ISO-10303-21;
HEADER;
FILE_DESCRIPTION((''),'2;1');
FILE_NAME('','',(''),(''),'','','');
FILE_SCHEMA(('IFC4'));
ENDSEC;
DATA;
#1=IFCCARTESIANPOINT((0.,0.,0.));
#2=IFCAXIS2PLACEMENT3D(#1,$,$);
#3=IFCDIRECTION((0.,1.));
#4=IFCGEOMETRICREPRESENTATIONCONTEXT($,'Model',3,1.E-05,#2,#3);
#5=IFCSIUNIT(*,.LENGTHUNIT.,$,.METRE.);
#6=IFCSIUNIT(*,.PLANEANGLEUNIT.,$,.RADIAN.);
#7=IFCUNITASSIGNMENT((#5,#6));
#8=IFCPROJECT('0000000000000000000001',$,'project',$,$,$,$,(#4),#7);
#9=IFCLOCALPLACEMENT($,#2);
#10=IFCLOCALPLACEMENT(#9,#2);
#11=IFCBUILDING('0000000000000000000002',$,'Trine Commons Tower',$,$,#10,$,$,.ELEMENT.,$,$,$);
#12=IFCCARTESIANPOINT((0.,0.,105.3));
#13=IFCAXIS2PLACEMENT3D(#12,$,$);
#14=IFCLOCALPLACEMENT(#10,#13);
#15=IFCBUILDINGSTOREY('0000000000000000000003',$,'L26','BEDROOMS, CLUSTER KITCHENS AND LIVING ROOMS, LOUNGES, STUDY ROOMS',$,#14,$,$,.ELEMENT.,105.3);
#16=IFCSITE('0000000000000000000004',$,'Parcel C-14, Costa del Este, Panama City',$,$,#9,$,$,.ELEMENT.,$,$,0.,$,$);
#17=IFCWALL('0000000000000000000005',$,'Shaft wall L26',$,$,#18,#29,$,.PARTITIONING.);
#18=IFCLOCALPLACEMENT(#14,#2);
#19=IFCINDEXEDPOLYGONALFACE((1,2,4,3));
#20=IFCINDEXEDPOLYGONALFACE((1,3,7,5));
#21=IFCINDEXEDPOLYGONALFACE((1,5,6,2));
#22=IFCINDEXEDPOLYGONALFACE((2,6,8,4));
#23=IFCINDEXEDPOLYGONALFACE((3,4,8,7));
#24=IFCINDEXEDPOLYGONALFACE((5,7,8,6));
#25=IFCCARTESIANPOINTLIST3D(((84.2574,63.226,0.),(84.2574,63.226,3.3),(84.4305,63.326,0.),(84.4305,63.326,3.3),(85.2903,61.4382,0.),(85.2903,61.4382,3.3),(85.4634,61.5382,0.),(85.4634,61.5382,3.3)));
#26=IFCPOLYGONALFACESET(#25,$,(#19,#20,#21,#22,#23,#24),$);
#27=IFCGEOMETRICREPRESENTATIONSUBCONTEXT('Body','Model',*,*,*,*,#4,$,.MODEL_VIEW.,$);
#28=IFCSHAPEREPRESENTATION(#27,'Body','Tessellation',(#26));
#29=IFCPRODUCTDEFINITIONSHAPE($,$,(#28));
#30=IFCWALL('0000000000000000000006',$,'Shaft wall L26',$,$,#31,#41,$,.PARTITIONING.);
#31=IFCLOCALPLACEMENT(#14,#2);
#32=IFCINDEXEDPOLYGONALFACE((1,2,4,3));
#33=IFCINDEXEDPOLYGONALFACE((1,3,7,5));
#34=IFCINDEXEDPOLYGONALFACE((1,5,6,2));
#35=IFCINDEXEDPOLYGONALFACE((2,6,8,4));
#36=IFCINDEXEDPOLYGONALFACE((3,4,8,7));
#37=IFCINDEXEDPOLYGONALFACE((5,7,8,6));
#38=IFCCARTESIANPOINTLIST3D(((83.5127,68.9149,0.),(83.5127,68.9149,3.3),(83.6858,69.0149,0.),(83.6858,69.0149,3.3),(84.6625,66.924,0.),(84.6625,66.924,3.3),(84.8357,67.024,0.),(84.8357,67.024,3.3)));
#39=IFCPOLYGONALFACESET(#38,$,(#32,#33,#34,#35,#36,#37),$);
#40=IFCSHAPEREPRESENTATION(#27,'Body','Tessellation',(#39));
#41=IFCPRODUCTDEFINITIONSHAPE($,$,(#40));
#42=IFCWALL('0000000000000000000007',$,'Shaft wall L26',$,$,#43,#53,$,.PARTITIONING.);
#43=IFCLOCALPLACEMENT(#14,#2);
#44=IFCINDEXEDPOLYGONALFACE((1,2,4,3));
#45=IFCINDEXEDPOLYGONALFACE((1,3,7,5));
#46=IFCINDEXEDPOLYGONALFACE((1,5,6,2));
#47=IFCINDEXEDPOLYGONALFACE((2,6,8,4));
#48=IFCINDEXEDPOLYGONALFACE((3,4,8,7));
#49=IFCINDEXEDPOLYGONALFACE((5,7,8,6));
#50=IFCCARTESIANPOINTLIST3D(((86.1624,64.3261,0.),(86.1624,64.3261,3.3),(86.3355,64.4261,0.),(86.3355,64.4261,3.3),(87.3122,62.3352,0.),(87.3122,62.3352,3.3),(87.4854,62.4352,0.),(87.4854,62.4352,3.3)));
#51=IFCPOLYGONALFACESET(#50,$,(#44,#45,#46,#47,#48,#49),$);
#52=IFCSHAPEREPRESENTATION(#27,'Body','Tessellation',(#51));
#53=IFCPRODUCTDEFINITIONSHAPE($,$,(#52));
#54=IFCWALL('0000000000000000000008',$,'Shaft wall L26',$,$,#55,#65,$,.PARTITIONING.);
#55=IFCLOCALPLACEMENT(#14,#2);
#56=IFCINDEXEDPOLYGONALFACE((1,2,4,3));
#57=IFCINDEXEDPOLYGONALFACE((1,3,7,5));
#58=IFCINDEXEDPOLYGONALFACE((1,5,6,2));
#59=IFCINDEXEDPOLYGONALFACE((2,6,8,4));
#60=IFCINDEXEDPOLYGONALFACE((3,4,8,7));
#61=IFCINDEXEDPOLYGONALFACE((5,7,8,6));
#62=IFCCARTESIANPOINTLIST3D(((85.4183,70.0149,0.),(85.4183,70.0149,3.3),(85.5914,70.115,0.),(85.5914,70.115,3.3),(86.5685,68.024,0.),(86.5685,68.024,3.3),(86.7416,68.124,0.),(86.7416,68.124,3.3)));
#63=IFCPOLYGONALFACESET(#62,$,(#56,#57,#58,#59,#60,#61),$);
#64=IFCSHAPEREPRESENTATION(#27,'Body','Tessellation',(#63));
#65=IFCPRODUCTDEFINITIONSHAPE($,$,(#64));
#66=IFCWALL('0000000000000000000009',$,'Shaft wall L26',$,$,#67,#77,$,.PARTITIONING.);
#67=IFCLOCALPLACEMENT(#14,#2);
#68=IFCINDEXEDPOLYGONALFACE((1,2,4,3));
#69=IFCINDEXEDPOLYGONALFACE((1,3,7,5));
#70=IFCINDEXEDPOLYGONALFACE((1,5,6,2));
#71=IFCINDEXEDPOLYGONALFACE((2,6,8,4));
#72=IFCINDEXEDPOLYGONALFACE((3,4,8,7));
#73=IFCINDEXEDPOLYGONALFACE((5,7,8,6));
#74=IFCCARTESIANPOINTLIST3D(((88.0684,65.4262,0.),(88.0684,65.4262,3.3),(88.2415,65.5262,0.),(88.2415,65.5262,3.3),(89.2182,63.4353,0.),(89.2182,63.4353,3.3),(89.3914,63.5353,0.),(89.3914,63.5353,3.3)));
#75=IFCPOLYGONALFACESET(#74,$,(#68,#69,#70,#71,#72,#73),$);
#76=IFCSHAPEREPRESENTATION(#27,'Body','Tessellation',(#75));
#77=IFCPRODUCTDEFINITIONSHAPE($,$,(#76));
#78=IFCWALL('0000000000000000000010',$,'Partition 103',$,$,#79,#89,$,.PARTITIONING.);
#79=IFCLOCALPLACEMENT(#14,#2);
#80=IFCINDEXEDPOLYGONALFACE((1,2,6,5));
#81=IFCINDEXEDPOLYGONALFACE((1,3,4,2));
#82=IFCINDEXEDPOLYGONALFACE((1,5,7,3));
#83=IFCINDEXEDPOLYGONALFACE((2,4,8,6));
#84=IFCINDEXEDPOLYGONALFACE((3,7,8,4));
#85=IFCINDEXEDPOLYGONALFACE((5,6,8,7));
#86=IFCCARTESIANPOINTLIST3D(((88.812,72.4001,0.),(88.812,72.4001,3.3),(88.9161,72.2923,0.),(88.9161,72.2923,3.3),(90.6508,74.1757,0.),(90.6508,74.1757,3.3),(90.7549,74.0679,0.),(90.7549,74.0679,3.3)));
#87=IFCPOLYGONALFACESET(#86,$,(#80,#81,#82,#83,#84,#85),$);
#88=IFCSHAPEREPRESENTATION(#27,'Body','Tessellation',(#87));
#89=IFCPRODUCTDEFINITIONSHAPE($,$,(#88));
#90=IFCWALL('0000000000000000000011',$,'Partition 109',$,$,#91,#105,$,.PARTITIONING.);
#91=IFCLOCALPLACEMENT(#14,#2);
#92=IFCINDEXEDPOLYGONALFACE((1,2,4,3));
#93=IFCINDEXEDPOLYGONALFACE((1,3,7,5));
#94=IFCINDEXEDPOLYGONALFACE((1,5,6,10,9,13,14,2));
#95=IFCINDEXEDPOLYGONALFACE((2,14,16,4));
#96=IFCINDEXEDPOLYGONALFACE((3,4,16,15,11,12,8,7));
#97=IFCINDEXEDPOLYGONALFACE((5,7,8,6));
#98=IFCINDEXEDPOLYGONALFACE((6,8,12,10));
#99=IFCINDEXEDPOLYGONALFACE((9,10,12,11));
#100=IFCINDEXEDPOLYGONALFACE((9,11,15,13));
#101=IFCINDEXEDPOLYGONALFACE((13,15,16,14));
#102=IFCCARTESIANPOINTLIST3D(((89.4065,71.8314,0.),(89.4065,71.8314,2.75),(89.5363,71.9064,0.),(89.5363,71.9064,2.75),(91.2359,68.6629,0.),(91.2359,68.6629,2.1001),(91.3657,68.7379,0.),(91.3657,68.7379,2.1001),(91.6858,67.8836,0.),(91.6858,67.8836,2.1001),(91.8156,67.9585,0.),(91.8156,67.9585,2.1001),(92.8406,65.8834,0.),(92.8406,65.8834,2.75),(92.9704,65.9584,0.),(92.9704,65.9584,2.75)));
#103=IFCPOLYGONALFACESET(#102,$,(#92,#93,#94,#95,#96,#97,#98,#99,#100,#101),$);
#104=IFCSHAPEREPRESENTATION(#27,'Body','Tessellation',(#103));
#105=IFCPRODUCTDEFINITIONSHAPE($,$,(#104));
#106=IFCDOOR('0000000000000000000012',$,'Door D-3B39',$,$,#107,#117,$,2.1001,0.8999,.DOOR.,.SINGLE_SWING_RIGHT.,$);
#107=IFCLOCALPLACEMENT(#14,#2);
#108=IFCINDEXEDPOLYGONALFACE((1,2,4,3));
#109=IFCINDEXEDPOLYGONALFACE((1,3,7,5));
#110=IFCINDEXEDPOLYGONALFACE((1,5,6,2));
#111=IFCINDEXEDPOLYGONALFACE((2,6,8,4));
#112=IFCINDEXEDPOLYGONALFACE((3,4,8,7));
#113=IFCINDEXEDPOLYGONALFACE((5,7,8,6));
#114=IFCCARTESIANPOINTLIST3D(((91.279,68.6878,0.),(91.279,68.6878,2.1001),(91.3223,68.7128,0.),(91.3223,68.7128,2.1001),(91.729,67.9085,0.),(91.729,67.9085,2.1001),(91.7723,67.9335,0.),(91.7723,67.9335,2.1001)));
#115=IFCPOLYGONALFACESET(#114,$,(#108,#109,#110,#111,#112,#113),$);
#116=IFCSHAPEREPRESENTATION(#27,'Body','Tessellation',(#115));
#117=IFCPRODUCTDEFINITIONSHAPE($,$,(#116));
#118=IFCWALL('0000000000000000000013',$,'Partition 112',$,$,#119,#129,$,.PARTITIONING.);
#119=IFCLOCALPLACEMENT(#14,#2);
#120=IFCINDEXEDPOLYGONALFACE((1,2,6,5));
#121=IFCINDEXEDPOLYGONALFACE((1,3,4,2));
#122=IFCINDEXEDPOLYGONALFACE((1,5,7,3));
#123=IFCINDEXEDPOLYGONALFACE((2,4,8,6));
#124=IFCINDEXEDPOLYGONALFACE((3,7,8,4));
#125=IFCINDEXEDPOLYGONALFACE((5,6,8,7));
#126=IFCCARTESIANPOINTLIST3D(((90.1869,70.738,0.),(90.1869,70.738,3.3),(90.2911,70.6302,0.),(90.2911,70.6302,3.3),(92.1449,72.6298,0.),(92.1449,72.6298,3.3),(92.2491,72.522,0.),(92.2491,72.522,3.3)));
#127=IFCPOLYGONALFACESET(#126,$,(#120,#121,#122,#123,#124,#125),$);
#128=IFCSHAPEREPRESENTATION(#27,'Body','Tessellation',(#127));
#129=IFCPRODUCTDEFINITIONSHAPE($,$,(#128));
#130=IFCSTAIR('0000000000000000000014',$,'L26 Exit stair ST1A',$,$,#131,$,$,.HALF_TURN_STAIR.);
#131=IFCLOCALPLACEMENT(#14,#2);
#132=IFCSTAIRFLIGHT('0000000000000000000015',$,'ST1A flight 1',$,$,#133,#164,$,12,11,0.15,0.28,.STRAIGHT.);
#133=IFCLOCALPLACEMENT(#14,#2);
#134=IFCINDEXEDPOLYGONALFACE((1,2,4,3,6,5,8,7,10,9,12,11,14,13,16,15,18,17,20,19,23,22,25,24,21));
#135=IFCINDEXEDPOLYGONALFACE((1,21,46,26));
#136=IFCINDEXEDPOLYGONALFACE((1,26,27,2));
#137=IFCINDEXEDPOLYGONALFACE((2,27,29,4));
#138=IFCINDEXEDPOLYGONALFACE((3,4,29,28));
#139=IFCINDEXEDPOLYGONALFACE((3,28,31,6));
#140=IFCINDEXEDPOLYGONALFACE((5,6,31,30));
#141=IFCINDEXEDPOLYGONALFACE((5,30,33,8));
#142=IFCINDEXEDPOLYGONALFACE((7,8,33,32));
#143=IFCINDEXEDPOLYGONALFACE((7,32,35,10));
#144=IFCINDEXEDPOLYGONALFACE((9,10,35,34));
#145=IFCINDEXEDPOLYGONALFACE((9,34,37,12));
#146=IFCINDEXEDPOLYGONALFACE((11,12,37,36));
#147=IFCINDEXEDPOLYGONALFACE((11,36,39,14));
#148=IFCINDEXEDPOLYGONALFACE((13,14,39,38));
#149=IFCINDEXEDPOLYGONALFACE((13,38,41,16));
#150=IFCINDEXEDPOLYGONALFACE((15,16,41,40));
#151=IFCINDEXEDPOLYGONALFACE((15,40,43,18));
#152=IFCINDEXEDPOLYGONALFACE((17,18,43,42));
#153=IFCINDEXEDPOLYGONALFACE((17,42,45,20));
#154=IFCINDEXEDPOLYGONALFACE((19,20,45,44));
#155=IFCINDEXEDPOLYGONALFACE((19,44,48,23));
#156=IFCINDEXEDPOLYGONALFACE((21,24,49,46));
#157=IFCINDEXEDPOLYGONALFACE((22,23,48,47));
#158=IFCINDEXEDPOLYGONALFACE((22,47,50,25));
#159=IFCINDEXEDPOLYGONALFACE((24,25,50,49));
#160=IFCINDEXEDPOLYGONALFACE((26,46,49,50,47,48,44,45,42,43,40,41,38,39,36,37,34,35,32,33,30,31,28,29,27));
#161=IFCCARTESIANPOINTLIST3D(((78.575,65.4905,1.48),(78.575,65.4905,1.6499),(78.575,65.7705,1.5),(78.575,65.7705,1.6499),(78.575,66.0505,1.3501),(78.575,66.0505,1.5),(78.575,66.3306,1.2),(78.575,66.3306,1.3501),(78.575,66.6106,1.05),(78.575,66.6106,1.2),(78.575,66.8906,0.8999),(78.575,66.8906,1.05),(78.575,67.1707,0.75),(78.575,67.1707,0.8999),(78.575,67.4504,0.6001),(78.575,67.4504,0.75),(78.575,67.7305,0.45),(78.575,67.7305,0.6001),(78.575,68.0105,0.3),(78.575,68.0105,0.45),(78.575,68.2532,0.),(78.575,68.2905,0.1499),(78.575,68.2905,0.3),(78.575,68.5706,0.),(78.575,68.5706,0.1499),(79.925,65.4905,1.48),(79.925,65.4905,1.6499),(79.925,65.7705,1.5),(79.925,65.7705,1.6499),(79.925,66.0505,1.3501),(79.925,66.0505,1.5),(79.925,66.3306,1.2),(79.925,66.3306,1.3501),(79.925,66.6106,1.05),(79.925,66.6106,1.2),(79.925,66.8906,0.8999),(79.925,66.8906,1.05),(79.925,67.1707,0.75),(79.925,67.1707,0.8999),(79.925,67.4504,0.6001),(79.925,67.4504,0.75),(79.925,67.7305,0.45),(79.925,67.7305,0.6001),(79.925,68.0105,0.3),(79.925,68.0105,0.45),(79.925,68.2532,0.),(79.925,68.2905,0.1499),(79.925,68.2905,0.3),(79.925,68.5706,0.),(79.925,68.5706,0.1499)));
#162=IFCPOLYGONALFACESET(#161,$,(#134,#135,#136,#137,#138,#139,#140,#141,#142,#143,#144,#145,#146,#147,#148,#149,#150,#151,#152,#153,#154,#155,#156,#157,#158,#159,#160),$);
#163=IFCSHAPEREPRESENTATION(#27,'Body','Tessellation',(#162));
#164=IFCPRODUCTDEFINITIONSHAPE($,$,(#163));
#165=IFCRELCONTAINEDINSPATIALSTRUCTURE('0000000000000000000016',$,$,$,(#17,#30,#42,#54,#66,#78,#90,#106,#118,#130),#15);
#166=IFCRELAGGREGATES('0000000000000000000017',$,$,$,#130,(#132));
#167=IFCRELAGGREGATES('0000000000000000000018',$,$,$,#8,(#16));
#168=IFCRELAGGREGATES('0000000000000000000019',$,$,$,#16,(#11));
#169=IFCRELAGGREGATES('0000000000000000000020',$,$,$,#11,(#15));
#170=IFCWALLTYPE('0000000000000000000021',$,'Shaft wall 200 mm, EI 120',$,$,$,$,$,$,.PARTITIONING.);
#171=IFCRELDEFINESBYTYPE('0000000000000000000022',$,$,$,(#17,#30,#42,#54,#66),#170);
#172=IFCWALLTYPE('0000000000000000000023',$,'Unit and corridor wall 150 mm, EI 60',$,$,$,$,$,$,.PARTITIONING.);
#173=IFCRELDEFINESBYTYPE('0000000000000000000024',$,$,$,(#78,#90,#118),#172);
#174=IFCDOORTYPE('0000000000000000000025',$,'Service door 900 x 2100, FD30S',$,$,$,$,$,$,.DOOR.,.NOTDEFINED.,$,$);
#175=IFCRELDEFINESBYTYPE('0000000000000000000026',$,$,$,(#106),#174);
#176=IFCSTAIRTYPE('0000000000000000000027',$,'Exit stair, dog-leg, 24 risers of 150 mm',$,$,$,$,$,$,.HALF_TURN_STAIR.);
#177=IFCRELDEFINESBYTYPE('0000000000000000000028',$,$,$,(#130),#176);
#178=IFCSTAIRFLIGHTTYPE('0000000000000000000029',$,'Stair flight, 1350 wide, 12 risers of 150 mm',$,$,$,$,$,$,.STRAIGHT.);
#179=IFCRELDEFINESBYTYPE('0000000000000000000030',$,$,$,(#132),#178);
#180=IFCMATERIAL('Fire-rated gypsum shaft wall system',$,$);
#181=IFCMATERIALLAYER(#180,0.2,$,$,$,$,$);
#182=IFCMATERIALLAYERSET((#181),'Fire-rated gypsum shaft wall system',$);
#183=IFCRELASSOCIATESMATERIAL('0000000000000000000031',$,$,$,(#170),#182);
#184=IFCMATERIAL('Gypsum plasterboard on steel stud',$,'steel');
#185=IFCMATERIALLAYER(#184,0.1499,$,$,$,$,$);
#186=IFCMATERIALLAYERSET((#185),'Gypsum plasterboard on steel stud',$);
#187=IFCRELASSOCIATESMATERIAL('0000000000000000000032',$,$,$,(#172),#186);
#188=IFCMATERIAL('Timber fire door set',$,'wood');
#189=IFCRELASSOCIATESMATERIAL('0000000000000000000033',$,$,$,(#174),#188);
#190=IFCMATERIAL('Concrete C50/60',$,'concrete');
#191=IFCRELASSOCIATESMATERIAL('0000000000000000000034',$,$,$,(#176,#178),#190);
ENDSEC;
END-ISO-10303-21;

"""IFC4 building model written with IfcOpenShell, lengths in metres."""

from ifc_helpers import new_model, si_unit, direction, frame, frame_2d, origin, place, context, subcontext, project, spatial, polyline, rectangle, outline, extrude, material, layer, layer_set, type_object, element, fill, aggregate, save


model = new_model("IFC4")

# Units and contexts
model_context = context("Model", 3, precision=1e-05, world=origin(), true_north=direction((0.0, 1.0)))
body_context = subcontext(model_context, "Body", "Model", "MODEL_VIEW")
ifc_project = project(units=[si_unit("LENGTHUNIT", "METRE"), si_unit("PLANEANGLEUNIT", "RADIAN")], contexts=[model_context])

# Site, building, storey
site_placement = place(None, origin())
site = spatial("IfcSite", under=ifc_project, at=site_placement, Name="Parcel C-14, Costa del Este, Panama City", CompositionType="ELEMENT", RefElevation=0.0)
building_placement = place(site_placement, origin())
building = spatial("IfcBuilding", under=site, at=building_placement, Name="Trine Commons Tower", CompositionType="ELEMENT")
storey_placement = place(building_placement, frame((0.0, 0.0, 105.3)))
storey = spatial("IfcBuildingStorey", under=building, at=storey_placement, Name="L26", Description="BEDROOMS, CLUSTER KITCHENS AND LIVING ROOMS, LOUNGES, STUDY ROOMS", CompositionType="ELEMENT", Elevation=105.3)

# Shared definitions
ifc_material_1 = material(Name="Concrete C50/60", Category="concrete")

# Walls
ifc_material_2 = material(Name="Fire-rated gypsum shaft wall system")
ifc_layer_1 = layer(ifc_material_2, 0.2)
ifc_layer_set_1 = layer_set([ifc_layer_1], Name="Fire-rated gypsum shaft wall system")
wall_type_1 = type_object("IfcWallType", Name="Shaft wall 200 mm, EI 120", PredefinedType="PARTITIONING", material=ifc_layer_set_1)
wall_1_placement = place(storey_placement, frame((84.344, 63.2759, 0.0), z_axis=(0.0, 0.0, 1.0), x_axis=(0.500272, -0.865868, 0.0)))
element("IfcWall", 1, at=wall_1_placement, inside=storey, type_object=wall_type_1, Name="Shaft wall L26", PredefinedType="PARTITIONING", context=body_context, shape_type="SweptSolid", body=[
    extrude(rectangle(XDim=2.0647, YDim=0.2, at=frame_2d((1.0322, 0.0))), origin(), (0.0, 0.0, 1.0), 3.3),
])
for number, where, z_axis, x_axis, name in (
    (2, (84.749, 66.9741, 0.0), (0.0, 0.0, 1.0), (-0.500136, 0.865947, 0.0), "Shaft wall L26"),
    (3, (86.249, 64.376, 0.0), (0.0, 0.0, 1.0), (0.500136, -0.865947, 0.0), "Shaft wall L26"),
):
    element("IfcWall", number, at=place(storey_placement, frame(where, z_axis=z_axis, x_axis=x_axis)), inside=storey, type_object=wall_type_1, Name=name, PredefinedType="PARTITIONING", context=body_context, shape_type="SweptSolid", body=[
        extrude(rectangle(XDim=2.2991, YDim=0.2, at=frame_2d((1.1494, 0.0))), origin(), (0.0, 0.0, 1.0), 3.3),
    ])
wall_2_placement = place(storey_placement, frame((86.655, 68.074, 0.0), z_axis=(0.0, 0.0, 1.0), x_axis=(-0.500216, 0.865901, 0.0)))
element("IfcWall", 4, at=wall_2_placement, inside=storey, type_object=wall_type_1, Name="Shaft wall L26", PredefinedType="PARTITIONING", context=body_context, shape_type="SweptSolid", body=[
    extrude(rectangle(XDim=2.2993, YDim=0.2, at=frame_2d((1.1497, 0.0))), origin(), (0.0, 0.0, 1.0), 3.3),
])
wall_3_placement = place(storey_placement, frame((88.155, 65.4761, 0.0), z_axis=(0.0, 0.0, 1.0), x_axis=(0.500136, -0.865947, 0.0)))
element("IfcWall", 5, at=wall_3_placement, inside=storey, type_object=wall_type_1, Name="Shaft wall L26", PredefinedType="PARTITIONING", context=body_context, shape_type="SweptSolid", body=[
    extrude(rectangle(XDim=2.2991, YDim=0.2, at=frame_2d((1.1494, 0.0))), origin(), (0.0, 0.0, 1.0), 3.3),
])
ifc_material_3 = material(Name="Gypsum plasterboard on steel stud", Category="steel")
ifc_layer_2 = layer(ifc_material_3, 0.1499)
ifc_layer_set_2 = layer_set([ifc_layer_2], Name="Gypsum plasterboard on steel stud")
wall_type_2 = type_object("IfcWallType", Name="Unit and corridor wall 150 mm, EI 60", PredefinedType="PARTITIONING", material=ifc_layer_set_2)
wall_4_placement = place(storey_placement, frame((88.864, 72.3462, 0.0), z_axis=(0.0, 0.0, 1.0), x_axis=(0.719367, 0.69463, 0.0)))
element("IfcWall", 6, at=wall_4_placement, inside=storey, type_object=wall_type_2, Name="Partition 103", PredefinedType="PARTITIONING", context=body_context, shape_type="SweptSolid", body=[
    extrude(rectangle(XDim=2.5562, YDim=0.1499, at=frame_2d((1.2781, 0.0))), origin(), (0.0, 0.0, 1.0), 3.3),
])

# Wall, opening, door
wall_5_placement = place(storey_placement, frame((89.4714, 71.8689, 0.0), z_axis=(0.0, 0.0, 1.0), x_axis=(0.5, -0.866025, 0.0)))
wall_5 = element("IfcWall", 7, at=wall_5_placement, inside=storey, type_object=wall_type_2, Name="Partition 109", PredefinedType="PARTITIONING", context=body_context, shape_type="SweptSolid", body=[
    extrude(rectangle(XDim=6.8682, YDim=0.1499, at=frame_2d((3.4341, 0.0))), origin(), (0.0, 0.0, 1.0), 2.75),
])
opening_1_placement = place(wall_5_placement, frame((3.6587, 0.0, 0.0)))
opening_1 = element("IfcOpeningElement", 8, at=opening_1_placement, cuts=wall_5, PredefinedType="OPENING", context=body_context, shape_type="SweptSolid", body=[
    extrude(rectangle(XDim=0.8999, YDim=2.1001, at=frame_2d((0.45, 1.05))), frame((0.0, 0.085, 0.0), z_axis=(0.0, -1.0, 0.0), x_axis=(1.0, 0.0, 0.0)), (0.0, 0.0, 1.0), 0.1699),
])
ifc_material_4 = material(Name="Timber fire door set", Category="wood")
door_type_1 = type_object("IfcDoorType", Name="Service door 900 x 2100, FD30S", OperationType="NOTDEFINED", PredefinedType="DOOR", material=ifc_material_4)
door_1_placement = place(opening_1_placement, origin())
door_1 = element("IfcDoor", 9, at=door_1_placement, inside=storey, type_object=door_type_1, Name="Door D-3B39", OperationType="SINGLE_SWING_RIGHT", OverallHeight=2.1001, OverallWidth=0.8999, PredefinedType="DOOR", context=body_context, shape_type="SweptSolid", body=[
    extrude(rectangle(XDim=0.8999, YDim=2.1001, at=frame_2d((0.45, 1.05))), frame((0.0, 0.0249, 0.0), z_axis=(0.0, -1.0, 0.0), x_axis=(1.0, 0.0, 0.0)), (0.0, 0.0, 1.0), 0.05),
])
fill(opening_1, door_1)

# Wall
wall_6_placement = place(storey_placement, frame((90.239, 70.6841, 0.0), z_axis=(0.0, 0.0, 1.0), x_axis=(0.719153, 0.694852, 0.0)))
element("IfcWall", 10, at=wall_6_placement, inside=storey, type_object=wall_type_2, Name="Partition 112", PredefinedType="PARTITIONING", context=body_context, shape_type="SweptSolid", body=[
    extrude(rectangle(XDim=2.7227, YDim=0.1499, at=frame_2d((1.3613, 0.0))), origin(), (0.0, 0.0, 1.0), 3.3),
])

# Stair, stair flight
stair_type = type_object("IfcStairType", Name="Exit stair, dog-leg, 24 risers of 150 mm", PredefinedType="HALF_TURN_STAIR", material=ifc_material_1)
stair_placement = place(storey_placement, origin())
stair = element("IfcStair", 11, at=stair_placement, inside=storey, type_object=stair_type, Name="L26 Exit stair ST1A", PredefinedType="HALF_TURN_STAIR")
stair_flight_type = type_object("IfcStairFlightType", Name="Stair flight, 1350 wide, 12 risers of 150 mm", PredefinedType="STRAIGHT", material=ifc_material_1)
stair_flight_1_placement = place(storey_placement, frame((79.25, 68.5706, 0.0), z_axis=(0.0, 0.0, 1.0), x_axis=(0.0, -1.0, 0.0)))
stair_flight_1 = element("IfcStairFlight", 12, at=stair_flight_1_placement, type_object=stair_flight_type, Name="ST1A flight 1", NumberOfRisers=12, NumberOfTreads=11, PredefinedType="STRAIGHT", RiserHeight=0.15, TreadLength=0.28, context=body_context, shape_type="SweptSolid", body=[
    extrude(outline(polyline([(0.0, 0.0), (0.0, 0.1499), (0.28, 0.1499), (0.28, 0.3), (0.5601, 0.3), (0.5601, 0.45), (0.8401, 0.45), (0.8401, 0.6001), (1.1201, 0.6001), (1.1201, 0.75), (1.3999, 0.75), (1.3999, 0.8999), (1.6799, 0.8999), (1.6799, 1.05), (1.96, 1.05), (1.96, 1.2), (2.24, 1.2), (2.24, 1.3501), (2.52, 1.3501), (2.52, 1.5), (2.8, 1.5), (2.8, 1.6499), (3.0801, 1.6499), (3.0801, 1.8), (3.0801, 1.48), (0.3174, 0.0), (0.0, 0.0)])), frame((0.0, 0.675, 0.0), z_axis=(0.0, -1.0, 0.0), x_axis=(1.0, 0.0, 0.0)), (0.0, 0.0, 1.0), 1.3501),
])
aggregate(stair, [stair_flight_1])

save(model, "model.ifc")
